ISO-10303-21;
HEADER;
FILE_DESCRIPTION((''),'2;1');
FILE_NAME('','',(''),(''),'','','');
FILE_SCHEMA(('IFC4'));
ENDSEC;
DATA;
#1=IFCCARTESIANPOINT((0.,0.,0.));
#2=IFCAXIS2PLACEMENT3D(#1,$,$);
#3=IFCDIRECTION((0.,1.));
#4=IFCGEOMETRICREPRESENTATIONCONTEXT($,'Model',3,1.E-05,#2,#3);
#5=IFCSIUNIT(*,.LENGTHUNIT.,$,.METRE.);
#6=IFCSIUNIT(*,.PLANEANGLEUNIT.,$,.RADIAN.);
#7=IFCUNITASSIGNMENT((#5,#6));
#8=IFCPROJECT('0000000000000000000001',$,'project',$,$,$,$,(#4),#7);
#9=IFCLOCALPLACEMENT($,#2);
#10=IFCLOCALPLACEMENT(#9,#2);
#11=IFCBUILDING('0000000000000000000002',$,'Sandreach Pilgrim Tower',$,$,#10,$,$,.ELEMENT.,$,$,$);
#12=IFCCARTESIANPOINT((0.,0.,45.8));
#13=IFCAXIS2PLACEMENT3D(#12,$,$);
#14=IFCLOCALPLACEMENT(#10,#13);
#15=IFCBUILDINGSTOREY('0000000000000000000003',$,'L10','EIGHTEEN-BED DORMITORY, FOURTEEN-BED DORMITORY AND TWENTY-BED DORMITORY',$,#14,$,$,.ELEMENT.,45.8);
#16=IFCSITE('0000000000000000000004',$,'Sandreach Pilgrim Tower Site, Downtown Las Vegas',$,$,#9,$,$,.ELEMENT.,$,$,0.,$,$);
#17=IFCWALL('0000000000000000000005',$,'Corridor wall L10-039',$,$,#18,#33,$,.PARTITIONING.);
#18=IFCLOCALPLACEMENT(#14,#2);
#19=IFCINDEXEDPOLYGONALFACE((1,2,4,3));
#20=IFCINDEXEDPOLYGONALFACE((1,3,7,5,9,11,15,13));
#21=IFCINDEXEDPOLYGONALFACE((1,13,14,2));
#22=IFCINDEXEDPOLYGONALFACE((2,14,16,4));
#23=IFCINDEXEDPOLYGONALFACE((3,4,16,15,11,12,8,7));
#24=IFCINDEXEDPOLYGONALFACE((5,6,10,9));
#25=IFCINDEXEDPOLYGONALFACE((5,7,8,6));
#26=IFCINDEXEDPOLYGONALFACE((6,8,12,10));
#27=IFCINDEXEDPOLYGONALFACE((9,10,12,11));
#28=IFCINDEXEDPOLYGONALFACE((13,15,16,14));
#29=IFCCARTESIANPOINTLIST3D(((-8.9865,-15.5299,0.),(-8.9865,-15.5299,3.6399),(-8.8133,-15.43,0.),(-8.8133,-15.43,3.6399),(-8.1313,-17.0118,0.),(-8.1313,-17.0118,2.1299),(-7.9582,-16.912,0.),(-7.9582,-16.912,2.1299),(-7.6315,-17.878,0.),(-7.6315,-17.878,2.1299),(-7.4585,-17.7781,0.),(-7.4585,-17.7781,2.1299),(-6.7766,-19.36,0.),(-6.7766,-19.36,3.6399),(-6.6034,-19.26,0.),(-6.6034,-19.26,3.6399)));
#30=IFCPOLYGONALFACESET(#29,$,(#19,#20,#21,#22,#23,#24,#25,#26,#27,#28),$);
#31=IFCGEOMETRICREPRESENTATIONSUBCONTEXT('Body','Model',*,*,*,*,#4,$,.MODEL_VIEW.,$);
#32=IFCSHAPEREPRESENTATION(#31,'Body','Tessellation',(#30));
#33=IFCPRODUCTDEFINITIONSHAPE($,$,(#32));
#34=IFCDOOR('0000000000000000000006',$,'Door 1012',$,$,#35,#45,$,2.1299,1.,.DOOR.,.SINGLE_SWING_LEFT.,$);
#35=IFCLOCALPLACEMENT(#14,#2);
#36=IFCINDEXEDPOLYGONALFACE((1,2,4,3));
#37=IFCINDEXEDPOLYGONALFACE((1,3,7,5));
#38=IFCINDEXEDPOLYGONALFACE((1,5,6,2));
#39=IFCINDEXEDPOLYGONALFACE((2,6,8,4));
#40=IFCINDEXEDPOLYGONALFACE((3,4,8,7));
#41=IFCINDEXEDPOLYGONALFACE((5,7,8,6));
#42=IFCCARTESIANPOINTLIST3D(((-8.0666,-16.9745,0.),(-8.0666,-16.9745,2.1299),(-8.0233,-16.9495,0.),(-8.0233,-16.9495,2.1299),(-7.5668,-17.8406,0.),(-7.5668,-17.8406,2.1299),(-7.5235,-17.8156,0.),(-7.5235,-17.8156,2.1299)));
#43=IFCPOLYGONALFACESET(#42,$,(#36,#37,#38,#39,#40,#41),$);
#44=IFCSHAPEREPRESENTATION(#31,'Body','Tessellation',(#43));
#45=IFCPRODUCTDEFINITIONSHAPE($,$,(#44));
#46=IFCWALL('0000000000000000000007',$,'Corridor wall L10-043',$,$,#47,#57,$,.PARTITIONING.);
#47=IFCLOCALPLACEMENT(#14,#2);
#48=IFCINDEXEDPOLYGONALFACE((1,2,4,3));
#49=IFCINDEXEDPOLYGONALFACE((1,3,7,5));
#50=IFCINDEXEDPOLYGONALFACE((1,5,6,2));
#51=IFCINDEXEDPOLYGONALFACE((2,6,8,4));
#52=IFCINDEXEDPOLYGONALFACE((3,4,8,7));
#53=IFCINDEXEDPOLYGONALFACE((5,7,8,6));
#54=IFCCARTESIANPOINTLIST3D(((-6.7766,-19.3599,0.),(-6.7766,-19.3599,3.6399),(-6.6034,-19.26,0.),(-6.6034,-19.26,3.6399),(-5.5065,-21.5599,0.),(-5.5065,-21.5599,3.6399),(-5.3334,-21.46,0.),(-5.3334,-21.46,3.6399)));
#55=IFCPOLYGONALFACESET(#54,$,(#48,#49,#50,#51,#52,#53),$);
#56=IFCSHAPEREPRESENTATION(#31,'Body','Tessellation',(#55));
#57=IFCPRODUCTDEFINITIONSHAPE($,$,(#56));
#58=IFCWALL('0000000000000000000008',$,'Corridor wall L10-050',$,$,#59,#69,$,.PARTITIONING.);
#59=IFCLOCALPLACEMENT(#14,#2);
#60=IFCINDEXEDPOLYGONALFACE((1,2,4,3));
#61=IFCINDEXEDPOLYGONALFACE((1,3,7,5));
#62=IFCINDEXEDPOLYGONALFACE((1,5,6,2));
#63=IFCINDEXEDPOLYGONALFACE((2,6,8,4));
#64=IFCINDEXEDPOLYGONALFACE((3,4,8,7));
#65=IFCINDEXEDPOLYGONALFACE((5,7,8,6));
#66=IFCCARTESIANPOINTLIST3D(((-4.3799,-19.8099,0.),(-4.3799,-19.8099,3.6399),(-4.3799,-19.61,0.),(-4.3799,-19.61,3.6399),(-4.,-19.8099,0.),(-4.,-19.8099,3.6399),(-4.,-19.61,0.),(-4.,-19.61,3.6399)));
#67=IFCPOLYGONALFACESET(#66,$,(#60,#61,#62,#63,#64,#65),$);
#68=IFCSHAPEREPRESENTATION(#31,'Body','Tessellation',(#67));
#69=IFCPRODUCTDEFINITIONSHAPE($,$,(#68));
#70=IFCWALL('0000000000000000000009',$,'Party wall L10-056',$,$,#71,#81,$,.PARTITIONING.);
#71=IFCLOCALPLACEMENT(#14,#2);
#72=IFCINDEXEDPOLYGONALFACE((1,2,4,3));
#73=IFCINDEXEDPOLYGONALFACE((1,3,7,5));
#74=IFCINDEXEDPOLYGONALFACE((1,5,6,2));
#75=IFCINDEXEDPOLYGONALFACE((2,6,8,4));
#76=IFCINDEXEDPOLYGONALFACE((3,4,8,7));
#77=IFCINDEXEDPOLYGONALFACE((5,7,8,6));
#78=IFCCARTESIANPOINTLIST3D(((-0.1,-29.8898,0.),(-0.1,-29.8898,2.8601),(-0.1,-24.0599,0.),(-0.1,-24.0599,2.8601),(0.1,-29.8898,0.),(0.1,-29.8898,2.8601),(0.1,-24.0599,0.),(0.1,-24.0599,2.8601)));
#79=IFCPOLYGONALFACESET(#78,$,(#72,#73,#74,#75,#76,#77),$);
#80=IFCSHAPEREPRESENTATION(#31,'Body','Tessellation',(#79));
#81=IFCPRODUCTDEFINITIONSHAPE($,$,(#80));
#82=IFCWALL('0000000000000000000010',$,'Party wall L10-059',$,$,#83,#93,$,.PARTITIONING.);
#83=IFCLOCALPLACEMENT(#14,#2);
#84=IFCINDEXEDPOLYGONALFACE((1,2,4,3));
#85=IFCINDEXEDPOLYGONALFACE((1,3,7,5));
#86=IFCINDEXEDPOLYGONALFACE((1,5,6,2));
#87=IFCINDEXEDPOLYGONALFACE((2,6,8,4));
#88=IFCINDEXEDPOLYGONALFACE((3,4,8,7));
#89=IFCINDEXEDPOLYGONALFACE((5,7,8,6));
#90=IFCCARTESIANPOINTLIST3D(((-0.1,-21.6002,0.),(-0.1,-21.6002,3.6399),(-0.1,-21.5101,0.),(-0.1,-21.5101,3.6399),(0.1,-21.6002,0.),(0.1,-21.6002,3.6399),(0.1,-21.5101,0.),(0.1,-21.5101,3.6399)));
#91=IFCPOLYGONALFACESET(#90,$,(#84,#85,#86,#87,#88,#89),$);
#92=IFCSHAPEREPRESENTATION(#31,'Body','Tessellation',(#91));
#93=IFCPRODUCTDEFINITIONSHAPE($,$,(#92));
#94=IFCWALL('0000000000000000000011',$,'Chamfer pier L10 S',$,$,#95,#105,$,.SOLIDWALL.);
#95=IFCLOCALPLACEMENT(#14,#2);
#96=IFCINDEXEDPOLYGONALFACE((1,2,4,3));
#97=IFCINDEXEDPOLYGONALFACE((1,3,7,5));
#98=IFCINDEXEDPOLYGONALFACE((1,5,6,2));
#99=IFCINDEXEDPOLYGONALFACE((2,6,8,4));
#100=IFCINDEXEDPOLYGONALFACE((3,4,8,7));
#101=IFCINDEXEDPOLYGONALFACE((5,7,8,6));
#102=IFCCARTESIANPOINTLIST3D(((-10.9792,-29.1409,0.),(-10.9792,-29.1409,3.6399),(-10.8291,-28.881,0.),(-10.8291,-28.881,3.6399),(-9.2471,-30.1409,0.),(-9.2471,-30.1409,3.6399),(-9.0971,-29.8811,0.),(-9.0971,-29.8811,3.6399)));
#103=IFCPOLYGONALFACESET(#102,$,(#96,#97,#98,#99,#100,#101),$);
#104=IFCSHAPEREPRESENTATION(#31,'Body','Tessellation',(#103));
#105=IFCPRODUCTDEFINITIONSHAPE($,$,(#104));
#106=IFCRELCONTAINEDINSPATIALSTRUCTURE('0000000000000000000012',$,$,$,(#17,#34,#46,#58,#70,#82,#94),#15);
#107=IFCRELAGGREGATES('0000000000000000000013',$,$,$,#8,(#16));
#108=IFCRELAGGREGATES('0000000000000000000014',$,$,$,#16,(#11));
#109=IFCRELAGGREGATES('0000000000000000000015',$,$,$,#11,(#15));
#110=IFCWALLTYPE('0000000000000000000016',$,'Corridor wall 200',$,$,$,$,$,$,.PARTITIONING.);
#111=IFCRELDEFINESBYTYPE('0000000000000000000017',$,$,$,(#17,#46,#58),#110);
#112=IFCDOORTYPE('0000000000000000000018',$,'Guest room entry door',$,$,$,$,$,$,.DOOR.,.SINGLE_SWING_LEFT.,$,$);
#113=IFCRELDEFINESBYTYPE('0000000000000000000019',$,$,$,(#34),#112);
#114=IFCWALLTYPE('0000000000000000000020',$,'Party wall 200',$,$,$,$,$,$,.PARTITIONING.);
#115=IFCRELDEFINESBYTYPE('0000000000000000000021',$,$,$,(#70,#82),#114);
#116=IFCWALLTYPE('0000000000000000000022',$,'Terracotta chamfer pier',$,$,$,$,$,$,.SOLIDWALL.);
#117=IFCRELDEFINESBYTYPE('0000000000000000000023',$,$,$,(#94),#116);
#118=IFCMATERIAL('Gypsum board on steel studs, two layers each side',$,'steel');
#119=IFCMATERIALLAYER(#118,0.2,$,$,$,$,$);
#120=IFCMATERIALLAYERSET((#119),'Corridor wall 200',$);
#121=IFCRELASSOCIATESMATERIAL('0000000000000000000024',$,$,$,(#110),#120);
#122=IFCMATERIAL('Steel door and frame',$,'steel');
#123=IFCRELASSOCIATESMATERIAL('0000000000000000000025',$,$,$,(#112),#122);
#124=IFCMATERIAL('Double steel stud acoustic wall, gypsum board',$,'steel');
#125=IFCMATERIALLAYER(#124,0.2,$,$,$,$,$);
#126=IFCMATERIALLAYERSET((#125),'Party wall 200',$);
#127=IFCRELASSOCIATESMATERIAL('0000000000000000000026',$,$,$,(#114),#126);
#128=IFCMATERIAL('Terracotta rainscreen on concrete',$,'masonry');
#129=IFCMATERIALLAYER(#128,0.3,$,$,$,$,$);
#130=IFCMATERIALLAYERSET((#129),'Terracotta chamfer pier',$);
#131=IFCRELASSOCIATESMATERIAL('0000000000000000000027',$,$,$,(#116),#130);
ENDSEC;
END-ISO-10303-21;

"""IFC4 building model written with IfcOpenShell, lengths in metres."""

from ifc_helpers import new_model, si_unit, direction, frame, frame_2d, origin, place, context, subcontext, project, spatial, rectangle, extrude, material, layer, layer_set, type_object, element, fill, save


model = new_model("IFC4")

# Units and contexts
model_context = context("Model", 3, precision=1e-05, world=origin(), true_north=direction((0.0, 1.0)))
body_context = subcontext(model_context, "Body", "Model", "MODEL_VIEW")
ifc_project = project(units=[si_unit("LENGTHUNIT", "METRE"), si_unit("PLANEANGLEUNIT", "RADIAN")], contexts=[model_context])

# Site, building, storey
site_placement = place(None, origin())
site = spatial("IfcSite", under=ifc_project, at=site_placement, Name="Sandreach Pilgrim Tower Site, Downtown Las Vegas", CompositionType="ELEMENT", RefElevation=0.0)
building_placement = place(site_placement, origin())
building = spatial("IfcBuilding", under=site, at=building_placement, Name="Sandreach Pilgrim Tower", CompositionType="ELEMENT")
storey_placement = place(building_placement, frame((0.0, 0.0, 45.8)))
storey = spatial("IfcBuildingStorey", under=building, at=storey_placement, Name="L10", Description="EIGHTEEN-BED DORMITORY, FOURTEEN-BED DORMITORY AND TWENTY-BED DORMITORY", CompositionType="ELEMENT", Elevation=45.8)

# Wall, opening, door
ifc_material_1 = material(Name="Gypsum board on steel studs, two layers each side", Category="steel")
ifc_layer_1 = layer(ifc_material_1, 0.2)
ifc_layer_set_1 = layer_set([ifc_layer_1], Name="Corridor wall 200")
wall_type_1 = type_object("IfcWallType", Name="Corridor wall 200", PredefinedType="PARTITIONING", material=ifc_layer_set_1)
wall_1_placement = place(storey_placement, frame((-8.8999, -15.48, 0.0), z_axis=(0.0, 0.0, 1.0), x_axis=(0.499773, -0.866156, 0.0)))
wall_1 = element("IfcWall", 1, at=wall_1_placement, inside=storey, type_object=wall_type_1, Name="Corridor wall L10-039", PredefinedType="PARTITIONING", context=body_context, shape_type="SweptSolid", body=[
    extrude(rectangle(XDim=4.4219, YDim=0.2, at=frame_2d((2.2109, 0.0))), origin(), (0.0, 0.0, 1.0), 3.6399),
])
opening_1_placement = place(wall_1_placement, frame((1.7109, 0.0, 0.0)))
opening_1 = element("IfcOpeningElement", 2, at=opening_1_placement, cuts=wall_1, PredefinedType="OPENING", context=body_context, shape_type="SweptSolid", body=[
    extrude(rectangle(XDim=1.0, YDim=2.1299, at=frame_2d((0.5, 1.0649))), frame((0.0, 0.1001, 0.0), z_axis=(0.0, -1.0, 0.0), x_axis=(1.0, 0.0, 0.0)), (0.0, 0.0, 1.0), 0.2),
])
ifc_material_2 = material(Name="Steel door and frame", Category="steel")
door_type_1 = type_object("IfcDoorType", Name="Guest room entry door", OperationType="SINGLE_SWING_LEFT", PredefinedType="DOOR", material=ifc_material_2)
door_1_placement = place(opening_1_placement, origin())
door_1 = element("IfcDoor", 3, at=door_1_placement, inside=storey, type_object=door_type_1, Name="Door 1012", OperationType="SINGLE_SWING_LEFT", OverallHeight=2.1299, OverallWidth=1.0, PredefinedType="DOOR", context=body_context, shape_type="SweptSolid", body=[
    extrude(rectangle(XDim=1.0, YDim=2.1299, at=frame_2d((0.5, 1.0649))), frame((0.0, 0.0249, 0.0), z_axis=(0.0, -1.0, 0.0), x_axis=(1.0, 0.0, 0.0)), (0.0, 0.0, 1.0), 0.05),
])
fill(opening_1, door_1)

# Wall
wall_2_placement = place(storey_placement, frame((-6.6899, -19.3101, 0.0), z_axis=(0.0, 0.0, 1.0), x_axis=(0.499964, -0.866046, 0.0)))
element("IfcWall", 4, at=wall_2_placement, inside=storey, type_object=wall_type_1, Name="Corridor wall L10-043", PredefinedType="PARTITIONING", context=body_context, shape_type="SweptSolid", body=[
    extrude(rectangle(XDim=2.5403, YDim=0.2, at=frame_2d((1.27, 0.0))), origin(), (0.0, 0.0, 1.0), 3.6399),
])

# Walls
wall_3_placement = place(storey_placement, frame((-4.0, -19.71, 0.0), z_axis=(0.0, 0.0, 1.0), x_axis=(-1.0, 0.0, 0.0)))
element("IfcWall", 5, at=wall_3_placement, inside=storey, type_object=wall_type_1, Name="Corridor wall L10-050", PredefinedType="PARTITIONING", context=body_context, shape_type="SweptSolid", body=[
    extrude(rectangle(XDim=0.3799, YDim=0.2, at=frame_2d((0.1899, 0.0))), origin(), (0.0, 0.0, 1.0), 3.6399),
])
ifc_material_3 = material(Name="Double steel stud acoustic wall, gypsum board", Category="steel")
ifc_layer_2 = layer(ifc_material_3, 0.2)
ifc_layer_set_2 = layer_set([ifc_layer_2], Name="Party wall 200")
wall_type_2 = type_object("IfcWallType", Name="Party wall 200", PredefinedType="PARTITIONING", material=ifc_layer_set_2)
wall_4_placement = place(storey_placement, frame((0.0, -29.8899, 0.0), z_axis=(0.0, 0.0, 1.0), x_axis=(0.0, 1.0, 0.0)))
element("IfcWall", 6, at=wall_4_placement, inside=storey, type_object=wall_type_2, Name="Party wall L10-056", PredefinedType="PARTITIONING", context=body_context, shape_type="SweptSolid", body=[
    extrude(rectangle(XDim=5.8298, YDim=0.2, at=frame_2d((2.915, 0.0))), origin(), (0.0, 0.0, 1.0), 2.8601),
])
wall_5_placement = place(storey_placement, frame((0.0, -21.6001, 0.0), z_axis=(0.0, 0.0, 1.0), x_axis=(0.0, 1.0, 0.0)))
element("IfcWall", 7, at=wall_5_placement, inside=storey, type_object=wall_type_2, Name="Party wall L10-059", PredefinedType="PARTITIONING", context=body_context, shape_type="SweptSolid", body=[
    extrude(rectangle(XDim=0.0901, YDim=0.2, at=frame_2d((0.0449, 0.0))), origin(), (0.0, 0.0, 1.0), 3.6399),
])
ifc_material_4 = material(Name="Terracotta rainscreen on concrete", Category="masonry")
ifc_layer_3 = layer(ifc_material_4, 0.3)
ifc_layer_set_3 = layer_set([ifc_layer_3], Name="Terracotta chamfer pier")
wall_type_3 = type_object("IfcWallType", Name="Terracotta chamfer pier", PredefinedType="SOLIDWALL", material=ifc_layer_set_3)
wall_6_placement = place(storey_placement, frame((-9.1721, -30.011, 0.0), z_axis=(0.0, 0.0, 1.0), x_axis=(-0.866011, 0.500025, 0.0)))
element("IfcWall", 8, at=wall_6_placement, inside=storey, type_object=wall_type_3, Name="Chamfer pier L10 S", PredefinedType="SOLIDWALL", context=body_context, shape_type="SweptSolid", body=[
    extrude(rectangle(XDim=2.0, YDim=0.3, at=frame_2d((1.0, 0.0))), origin(), (0.0, 0.0, 1.0), 3.6399),
])

save(model, "model.ifc")
